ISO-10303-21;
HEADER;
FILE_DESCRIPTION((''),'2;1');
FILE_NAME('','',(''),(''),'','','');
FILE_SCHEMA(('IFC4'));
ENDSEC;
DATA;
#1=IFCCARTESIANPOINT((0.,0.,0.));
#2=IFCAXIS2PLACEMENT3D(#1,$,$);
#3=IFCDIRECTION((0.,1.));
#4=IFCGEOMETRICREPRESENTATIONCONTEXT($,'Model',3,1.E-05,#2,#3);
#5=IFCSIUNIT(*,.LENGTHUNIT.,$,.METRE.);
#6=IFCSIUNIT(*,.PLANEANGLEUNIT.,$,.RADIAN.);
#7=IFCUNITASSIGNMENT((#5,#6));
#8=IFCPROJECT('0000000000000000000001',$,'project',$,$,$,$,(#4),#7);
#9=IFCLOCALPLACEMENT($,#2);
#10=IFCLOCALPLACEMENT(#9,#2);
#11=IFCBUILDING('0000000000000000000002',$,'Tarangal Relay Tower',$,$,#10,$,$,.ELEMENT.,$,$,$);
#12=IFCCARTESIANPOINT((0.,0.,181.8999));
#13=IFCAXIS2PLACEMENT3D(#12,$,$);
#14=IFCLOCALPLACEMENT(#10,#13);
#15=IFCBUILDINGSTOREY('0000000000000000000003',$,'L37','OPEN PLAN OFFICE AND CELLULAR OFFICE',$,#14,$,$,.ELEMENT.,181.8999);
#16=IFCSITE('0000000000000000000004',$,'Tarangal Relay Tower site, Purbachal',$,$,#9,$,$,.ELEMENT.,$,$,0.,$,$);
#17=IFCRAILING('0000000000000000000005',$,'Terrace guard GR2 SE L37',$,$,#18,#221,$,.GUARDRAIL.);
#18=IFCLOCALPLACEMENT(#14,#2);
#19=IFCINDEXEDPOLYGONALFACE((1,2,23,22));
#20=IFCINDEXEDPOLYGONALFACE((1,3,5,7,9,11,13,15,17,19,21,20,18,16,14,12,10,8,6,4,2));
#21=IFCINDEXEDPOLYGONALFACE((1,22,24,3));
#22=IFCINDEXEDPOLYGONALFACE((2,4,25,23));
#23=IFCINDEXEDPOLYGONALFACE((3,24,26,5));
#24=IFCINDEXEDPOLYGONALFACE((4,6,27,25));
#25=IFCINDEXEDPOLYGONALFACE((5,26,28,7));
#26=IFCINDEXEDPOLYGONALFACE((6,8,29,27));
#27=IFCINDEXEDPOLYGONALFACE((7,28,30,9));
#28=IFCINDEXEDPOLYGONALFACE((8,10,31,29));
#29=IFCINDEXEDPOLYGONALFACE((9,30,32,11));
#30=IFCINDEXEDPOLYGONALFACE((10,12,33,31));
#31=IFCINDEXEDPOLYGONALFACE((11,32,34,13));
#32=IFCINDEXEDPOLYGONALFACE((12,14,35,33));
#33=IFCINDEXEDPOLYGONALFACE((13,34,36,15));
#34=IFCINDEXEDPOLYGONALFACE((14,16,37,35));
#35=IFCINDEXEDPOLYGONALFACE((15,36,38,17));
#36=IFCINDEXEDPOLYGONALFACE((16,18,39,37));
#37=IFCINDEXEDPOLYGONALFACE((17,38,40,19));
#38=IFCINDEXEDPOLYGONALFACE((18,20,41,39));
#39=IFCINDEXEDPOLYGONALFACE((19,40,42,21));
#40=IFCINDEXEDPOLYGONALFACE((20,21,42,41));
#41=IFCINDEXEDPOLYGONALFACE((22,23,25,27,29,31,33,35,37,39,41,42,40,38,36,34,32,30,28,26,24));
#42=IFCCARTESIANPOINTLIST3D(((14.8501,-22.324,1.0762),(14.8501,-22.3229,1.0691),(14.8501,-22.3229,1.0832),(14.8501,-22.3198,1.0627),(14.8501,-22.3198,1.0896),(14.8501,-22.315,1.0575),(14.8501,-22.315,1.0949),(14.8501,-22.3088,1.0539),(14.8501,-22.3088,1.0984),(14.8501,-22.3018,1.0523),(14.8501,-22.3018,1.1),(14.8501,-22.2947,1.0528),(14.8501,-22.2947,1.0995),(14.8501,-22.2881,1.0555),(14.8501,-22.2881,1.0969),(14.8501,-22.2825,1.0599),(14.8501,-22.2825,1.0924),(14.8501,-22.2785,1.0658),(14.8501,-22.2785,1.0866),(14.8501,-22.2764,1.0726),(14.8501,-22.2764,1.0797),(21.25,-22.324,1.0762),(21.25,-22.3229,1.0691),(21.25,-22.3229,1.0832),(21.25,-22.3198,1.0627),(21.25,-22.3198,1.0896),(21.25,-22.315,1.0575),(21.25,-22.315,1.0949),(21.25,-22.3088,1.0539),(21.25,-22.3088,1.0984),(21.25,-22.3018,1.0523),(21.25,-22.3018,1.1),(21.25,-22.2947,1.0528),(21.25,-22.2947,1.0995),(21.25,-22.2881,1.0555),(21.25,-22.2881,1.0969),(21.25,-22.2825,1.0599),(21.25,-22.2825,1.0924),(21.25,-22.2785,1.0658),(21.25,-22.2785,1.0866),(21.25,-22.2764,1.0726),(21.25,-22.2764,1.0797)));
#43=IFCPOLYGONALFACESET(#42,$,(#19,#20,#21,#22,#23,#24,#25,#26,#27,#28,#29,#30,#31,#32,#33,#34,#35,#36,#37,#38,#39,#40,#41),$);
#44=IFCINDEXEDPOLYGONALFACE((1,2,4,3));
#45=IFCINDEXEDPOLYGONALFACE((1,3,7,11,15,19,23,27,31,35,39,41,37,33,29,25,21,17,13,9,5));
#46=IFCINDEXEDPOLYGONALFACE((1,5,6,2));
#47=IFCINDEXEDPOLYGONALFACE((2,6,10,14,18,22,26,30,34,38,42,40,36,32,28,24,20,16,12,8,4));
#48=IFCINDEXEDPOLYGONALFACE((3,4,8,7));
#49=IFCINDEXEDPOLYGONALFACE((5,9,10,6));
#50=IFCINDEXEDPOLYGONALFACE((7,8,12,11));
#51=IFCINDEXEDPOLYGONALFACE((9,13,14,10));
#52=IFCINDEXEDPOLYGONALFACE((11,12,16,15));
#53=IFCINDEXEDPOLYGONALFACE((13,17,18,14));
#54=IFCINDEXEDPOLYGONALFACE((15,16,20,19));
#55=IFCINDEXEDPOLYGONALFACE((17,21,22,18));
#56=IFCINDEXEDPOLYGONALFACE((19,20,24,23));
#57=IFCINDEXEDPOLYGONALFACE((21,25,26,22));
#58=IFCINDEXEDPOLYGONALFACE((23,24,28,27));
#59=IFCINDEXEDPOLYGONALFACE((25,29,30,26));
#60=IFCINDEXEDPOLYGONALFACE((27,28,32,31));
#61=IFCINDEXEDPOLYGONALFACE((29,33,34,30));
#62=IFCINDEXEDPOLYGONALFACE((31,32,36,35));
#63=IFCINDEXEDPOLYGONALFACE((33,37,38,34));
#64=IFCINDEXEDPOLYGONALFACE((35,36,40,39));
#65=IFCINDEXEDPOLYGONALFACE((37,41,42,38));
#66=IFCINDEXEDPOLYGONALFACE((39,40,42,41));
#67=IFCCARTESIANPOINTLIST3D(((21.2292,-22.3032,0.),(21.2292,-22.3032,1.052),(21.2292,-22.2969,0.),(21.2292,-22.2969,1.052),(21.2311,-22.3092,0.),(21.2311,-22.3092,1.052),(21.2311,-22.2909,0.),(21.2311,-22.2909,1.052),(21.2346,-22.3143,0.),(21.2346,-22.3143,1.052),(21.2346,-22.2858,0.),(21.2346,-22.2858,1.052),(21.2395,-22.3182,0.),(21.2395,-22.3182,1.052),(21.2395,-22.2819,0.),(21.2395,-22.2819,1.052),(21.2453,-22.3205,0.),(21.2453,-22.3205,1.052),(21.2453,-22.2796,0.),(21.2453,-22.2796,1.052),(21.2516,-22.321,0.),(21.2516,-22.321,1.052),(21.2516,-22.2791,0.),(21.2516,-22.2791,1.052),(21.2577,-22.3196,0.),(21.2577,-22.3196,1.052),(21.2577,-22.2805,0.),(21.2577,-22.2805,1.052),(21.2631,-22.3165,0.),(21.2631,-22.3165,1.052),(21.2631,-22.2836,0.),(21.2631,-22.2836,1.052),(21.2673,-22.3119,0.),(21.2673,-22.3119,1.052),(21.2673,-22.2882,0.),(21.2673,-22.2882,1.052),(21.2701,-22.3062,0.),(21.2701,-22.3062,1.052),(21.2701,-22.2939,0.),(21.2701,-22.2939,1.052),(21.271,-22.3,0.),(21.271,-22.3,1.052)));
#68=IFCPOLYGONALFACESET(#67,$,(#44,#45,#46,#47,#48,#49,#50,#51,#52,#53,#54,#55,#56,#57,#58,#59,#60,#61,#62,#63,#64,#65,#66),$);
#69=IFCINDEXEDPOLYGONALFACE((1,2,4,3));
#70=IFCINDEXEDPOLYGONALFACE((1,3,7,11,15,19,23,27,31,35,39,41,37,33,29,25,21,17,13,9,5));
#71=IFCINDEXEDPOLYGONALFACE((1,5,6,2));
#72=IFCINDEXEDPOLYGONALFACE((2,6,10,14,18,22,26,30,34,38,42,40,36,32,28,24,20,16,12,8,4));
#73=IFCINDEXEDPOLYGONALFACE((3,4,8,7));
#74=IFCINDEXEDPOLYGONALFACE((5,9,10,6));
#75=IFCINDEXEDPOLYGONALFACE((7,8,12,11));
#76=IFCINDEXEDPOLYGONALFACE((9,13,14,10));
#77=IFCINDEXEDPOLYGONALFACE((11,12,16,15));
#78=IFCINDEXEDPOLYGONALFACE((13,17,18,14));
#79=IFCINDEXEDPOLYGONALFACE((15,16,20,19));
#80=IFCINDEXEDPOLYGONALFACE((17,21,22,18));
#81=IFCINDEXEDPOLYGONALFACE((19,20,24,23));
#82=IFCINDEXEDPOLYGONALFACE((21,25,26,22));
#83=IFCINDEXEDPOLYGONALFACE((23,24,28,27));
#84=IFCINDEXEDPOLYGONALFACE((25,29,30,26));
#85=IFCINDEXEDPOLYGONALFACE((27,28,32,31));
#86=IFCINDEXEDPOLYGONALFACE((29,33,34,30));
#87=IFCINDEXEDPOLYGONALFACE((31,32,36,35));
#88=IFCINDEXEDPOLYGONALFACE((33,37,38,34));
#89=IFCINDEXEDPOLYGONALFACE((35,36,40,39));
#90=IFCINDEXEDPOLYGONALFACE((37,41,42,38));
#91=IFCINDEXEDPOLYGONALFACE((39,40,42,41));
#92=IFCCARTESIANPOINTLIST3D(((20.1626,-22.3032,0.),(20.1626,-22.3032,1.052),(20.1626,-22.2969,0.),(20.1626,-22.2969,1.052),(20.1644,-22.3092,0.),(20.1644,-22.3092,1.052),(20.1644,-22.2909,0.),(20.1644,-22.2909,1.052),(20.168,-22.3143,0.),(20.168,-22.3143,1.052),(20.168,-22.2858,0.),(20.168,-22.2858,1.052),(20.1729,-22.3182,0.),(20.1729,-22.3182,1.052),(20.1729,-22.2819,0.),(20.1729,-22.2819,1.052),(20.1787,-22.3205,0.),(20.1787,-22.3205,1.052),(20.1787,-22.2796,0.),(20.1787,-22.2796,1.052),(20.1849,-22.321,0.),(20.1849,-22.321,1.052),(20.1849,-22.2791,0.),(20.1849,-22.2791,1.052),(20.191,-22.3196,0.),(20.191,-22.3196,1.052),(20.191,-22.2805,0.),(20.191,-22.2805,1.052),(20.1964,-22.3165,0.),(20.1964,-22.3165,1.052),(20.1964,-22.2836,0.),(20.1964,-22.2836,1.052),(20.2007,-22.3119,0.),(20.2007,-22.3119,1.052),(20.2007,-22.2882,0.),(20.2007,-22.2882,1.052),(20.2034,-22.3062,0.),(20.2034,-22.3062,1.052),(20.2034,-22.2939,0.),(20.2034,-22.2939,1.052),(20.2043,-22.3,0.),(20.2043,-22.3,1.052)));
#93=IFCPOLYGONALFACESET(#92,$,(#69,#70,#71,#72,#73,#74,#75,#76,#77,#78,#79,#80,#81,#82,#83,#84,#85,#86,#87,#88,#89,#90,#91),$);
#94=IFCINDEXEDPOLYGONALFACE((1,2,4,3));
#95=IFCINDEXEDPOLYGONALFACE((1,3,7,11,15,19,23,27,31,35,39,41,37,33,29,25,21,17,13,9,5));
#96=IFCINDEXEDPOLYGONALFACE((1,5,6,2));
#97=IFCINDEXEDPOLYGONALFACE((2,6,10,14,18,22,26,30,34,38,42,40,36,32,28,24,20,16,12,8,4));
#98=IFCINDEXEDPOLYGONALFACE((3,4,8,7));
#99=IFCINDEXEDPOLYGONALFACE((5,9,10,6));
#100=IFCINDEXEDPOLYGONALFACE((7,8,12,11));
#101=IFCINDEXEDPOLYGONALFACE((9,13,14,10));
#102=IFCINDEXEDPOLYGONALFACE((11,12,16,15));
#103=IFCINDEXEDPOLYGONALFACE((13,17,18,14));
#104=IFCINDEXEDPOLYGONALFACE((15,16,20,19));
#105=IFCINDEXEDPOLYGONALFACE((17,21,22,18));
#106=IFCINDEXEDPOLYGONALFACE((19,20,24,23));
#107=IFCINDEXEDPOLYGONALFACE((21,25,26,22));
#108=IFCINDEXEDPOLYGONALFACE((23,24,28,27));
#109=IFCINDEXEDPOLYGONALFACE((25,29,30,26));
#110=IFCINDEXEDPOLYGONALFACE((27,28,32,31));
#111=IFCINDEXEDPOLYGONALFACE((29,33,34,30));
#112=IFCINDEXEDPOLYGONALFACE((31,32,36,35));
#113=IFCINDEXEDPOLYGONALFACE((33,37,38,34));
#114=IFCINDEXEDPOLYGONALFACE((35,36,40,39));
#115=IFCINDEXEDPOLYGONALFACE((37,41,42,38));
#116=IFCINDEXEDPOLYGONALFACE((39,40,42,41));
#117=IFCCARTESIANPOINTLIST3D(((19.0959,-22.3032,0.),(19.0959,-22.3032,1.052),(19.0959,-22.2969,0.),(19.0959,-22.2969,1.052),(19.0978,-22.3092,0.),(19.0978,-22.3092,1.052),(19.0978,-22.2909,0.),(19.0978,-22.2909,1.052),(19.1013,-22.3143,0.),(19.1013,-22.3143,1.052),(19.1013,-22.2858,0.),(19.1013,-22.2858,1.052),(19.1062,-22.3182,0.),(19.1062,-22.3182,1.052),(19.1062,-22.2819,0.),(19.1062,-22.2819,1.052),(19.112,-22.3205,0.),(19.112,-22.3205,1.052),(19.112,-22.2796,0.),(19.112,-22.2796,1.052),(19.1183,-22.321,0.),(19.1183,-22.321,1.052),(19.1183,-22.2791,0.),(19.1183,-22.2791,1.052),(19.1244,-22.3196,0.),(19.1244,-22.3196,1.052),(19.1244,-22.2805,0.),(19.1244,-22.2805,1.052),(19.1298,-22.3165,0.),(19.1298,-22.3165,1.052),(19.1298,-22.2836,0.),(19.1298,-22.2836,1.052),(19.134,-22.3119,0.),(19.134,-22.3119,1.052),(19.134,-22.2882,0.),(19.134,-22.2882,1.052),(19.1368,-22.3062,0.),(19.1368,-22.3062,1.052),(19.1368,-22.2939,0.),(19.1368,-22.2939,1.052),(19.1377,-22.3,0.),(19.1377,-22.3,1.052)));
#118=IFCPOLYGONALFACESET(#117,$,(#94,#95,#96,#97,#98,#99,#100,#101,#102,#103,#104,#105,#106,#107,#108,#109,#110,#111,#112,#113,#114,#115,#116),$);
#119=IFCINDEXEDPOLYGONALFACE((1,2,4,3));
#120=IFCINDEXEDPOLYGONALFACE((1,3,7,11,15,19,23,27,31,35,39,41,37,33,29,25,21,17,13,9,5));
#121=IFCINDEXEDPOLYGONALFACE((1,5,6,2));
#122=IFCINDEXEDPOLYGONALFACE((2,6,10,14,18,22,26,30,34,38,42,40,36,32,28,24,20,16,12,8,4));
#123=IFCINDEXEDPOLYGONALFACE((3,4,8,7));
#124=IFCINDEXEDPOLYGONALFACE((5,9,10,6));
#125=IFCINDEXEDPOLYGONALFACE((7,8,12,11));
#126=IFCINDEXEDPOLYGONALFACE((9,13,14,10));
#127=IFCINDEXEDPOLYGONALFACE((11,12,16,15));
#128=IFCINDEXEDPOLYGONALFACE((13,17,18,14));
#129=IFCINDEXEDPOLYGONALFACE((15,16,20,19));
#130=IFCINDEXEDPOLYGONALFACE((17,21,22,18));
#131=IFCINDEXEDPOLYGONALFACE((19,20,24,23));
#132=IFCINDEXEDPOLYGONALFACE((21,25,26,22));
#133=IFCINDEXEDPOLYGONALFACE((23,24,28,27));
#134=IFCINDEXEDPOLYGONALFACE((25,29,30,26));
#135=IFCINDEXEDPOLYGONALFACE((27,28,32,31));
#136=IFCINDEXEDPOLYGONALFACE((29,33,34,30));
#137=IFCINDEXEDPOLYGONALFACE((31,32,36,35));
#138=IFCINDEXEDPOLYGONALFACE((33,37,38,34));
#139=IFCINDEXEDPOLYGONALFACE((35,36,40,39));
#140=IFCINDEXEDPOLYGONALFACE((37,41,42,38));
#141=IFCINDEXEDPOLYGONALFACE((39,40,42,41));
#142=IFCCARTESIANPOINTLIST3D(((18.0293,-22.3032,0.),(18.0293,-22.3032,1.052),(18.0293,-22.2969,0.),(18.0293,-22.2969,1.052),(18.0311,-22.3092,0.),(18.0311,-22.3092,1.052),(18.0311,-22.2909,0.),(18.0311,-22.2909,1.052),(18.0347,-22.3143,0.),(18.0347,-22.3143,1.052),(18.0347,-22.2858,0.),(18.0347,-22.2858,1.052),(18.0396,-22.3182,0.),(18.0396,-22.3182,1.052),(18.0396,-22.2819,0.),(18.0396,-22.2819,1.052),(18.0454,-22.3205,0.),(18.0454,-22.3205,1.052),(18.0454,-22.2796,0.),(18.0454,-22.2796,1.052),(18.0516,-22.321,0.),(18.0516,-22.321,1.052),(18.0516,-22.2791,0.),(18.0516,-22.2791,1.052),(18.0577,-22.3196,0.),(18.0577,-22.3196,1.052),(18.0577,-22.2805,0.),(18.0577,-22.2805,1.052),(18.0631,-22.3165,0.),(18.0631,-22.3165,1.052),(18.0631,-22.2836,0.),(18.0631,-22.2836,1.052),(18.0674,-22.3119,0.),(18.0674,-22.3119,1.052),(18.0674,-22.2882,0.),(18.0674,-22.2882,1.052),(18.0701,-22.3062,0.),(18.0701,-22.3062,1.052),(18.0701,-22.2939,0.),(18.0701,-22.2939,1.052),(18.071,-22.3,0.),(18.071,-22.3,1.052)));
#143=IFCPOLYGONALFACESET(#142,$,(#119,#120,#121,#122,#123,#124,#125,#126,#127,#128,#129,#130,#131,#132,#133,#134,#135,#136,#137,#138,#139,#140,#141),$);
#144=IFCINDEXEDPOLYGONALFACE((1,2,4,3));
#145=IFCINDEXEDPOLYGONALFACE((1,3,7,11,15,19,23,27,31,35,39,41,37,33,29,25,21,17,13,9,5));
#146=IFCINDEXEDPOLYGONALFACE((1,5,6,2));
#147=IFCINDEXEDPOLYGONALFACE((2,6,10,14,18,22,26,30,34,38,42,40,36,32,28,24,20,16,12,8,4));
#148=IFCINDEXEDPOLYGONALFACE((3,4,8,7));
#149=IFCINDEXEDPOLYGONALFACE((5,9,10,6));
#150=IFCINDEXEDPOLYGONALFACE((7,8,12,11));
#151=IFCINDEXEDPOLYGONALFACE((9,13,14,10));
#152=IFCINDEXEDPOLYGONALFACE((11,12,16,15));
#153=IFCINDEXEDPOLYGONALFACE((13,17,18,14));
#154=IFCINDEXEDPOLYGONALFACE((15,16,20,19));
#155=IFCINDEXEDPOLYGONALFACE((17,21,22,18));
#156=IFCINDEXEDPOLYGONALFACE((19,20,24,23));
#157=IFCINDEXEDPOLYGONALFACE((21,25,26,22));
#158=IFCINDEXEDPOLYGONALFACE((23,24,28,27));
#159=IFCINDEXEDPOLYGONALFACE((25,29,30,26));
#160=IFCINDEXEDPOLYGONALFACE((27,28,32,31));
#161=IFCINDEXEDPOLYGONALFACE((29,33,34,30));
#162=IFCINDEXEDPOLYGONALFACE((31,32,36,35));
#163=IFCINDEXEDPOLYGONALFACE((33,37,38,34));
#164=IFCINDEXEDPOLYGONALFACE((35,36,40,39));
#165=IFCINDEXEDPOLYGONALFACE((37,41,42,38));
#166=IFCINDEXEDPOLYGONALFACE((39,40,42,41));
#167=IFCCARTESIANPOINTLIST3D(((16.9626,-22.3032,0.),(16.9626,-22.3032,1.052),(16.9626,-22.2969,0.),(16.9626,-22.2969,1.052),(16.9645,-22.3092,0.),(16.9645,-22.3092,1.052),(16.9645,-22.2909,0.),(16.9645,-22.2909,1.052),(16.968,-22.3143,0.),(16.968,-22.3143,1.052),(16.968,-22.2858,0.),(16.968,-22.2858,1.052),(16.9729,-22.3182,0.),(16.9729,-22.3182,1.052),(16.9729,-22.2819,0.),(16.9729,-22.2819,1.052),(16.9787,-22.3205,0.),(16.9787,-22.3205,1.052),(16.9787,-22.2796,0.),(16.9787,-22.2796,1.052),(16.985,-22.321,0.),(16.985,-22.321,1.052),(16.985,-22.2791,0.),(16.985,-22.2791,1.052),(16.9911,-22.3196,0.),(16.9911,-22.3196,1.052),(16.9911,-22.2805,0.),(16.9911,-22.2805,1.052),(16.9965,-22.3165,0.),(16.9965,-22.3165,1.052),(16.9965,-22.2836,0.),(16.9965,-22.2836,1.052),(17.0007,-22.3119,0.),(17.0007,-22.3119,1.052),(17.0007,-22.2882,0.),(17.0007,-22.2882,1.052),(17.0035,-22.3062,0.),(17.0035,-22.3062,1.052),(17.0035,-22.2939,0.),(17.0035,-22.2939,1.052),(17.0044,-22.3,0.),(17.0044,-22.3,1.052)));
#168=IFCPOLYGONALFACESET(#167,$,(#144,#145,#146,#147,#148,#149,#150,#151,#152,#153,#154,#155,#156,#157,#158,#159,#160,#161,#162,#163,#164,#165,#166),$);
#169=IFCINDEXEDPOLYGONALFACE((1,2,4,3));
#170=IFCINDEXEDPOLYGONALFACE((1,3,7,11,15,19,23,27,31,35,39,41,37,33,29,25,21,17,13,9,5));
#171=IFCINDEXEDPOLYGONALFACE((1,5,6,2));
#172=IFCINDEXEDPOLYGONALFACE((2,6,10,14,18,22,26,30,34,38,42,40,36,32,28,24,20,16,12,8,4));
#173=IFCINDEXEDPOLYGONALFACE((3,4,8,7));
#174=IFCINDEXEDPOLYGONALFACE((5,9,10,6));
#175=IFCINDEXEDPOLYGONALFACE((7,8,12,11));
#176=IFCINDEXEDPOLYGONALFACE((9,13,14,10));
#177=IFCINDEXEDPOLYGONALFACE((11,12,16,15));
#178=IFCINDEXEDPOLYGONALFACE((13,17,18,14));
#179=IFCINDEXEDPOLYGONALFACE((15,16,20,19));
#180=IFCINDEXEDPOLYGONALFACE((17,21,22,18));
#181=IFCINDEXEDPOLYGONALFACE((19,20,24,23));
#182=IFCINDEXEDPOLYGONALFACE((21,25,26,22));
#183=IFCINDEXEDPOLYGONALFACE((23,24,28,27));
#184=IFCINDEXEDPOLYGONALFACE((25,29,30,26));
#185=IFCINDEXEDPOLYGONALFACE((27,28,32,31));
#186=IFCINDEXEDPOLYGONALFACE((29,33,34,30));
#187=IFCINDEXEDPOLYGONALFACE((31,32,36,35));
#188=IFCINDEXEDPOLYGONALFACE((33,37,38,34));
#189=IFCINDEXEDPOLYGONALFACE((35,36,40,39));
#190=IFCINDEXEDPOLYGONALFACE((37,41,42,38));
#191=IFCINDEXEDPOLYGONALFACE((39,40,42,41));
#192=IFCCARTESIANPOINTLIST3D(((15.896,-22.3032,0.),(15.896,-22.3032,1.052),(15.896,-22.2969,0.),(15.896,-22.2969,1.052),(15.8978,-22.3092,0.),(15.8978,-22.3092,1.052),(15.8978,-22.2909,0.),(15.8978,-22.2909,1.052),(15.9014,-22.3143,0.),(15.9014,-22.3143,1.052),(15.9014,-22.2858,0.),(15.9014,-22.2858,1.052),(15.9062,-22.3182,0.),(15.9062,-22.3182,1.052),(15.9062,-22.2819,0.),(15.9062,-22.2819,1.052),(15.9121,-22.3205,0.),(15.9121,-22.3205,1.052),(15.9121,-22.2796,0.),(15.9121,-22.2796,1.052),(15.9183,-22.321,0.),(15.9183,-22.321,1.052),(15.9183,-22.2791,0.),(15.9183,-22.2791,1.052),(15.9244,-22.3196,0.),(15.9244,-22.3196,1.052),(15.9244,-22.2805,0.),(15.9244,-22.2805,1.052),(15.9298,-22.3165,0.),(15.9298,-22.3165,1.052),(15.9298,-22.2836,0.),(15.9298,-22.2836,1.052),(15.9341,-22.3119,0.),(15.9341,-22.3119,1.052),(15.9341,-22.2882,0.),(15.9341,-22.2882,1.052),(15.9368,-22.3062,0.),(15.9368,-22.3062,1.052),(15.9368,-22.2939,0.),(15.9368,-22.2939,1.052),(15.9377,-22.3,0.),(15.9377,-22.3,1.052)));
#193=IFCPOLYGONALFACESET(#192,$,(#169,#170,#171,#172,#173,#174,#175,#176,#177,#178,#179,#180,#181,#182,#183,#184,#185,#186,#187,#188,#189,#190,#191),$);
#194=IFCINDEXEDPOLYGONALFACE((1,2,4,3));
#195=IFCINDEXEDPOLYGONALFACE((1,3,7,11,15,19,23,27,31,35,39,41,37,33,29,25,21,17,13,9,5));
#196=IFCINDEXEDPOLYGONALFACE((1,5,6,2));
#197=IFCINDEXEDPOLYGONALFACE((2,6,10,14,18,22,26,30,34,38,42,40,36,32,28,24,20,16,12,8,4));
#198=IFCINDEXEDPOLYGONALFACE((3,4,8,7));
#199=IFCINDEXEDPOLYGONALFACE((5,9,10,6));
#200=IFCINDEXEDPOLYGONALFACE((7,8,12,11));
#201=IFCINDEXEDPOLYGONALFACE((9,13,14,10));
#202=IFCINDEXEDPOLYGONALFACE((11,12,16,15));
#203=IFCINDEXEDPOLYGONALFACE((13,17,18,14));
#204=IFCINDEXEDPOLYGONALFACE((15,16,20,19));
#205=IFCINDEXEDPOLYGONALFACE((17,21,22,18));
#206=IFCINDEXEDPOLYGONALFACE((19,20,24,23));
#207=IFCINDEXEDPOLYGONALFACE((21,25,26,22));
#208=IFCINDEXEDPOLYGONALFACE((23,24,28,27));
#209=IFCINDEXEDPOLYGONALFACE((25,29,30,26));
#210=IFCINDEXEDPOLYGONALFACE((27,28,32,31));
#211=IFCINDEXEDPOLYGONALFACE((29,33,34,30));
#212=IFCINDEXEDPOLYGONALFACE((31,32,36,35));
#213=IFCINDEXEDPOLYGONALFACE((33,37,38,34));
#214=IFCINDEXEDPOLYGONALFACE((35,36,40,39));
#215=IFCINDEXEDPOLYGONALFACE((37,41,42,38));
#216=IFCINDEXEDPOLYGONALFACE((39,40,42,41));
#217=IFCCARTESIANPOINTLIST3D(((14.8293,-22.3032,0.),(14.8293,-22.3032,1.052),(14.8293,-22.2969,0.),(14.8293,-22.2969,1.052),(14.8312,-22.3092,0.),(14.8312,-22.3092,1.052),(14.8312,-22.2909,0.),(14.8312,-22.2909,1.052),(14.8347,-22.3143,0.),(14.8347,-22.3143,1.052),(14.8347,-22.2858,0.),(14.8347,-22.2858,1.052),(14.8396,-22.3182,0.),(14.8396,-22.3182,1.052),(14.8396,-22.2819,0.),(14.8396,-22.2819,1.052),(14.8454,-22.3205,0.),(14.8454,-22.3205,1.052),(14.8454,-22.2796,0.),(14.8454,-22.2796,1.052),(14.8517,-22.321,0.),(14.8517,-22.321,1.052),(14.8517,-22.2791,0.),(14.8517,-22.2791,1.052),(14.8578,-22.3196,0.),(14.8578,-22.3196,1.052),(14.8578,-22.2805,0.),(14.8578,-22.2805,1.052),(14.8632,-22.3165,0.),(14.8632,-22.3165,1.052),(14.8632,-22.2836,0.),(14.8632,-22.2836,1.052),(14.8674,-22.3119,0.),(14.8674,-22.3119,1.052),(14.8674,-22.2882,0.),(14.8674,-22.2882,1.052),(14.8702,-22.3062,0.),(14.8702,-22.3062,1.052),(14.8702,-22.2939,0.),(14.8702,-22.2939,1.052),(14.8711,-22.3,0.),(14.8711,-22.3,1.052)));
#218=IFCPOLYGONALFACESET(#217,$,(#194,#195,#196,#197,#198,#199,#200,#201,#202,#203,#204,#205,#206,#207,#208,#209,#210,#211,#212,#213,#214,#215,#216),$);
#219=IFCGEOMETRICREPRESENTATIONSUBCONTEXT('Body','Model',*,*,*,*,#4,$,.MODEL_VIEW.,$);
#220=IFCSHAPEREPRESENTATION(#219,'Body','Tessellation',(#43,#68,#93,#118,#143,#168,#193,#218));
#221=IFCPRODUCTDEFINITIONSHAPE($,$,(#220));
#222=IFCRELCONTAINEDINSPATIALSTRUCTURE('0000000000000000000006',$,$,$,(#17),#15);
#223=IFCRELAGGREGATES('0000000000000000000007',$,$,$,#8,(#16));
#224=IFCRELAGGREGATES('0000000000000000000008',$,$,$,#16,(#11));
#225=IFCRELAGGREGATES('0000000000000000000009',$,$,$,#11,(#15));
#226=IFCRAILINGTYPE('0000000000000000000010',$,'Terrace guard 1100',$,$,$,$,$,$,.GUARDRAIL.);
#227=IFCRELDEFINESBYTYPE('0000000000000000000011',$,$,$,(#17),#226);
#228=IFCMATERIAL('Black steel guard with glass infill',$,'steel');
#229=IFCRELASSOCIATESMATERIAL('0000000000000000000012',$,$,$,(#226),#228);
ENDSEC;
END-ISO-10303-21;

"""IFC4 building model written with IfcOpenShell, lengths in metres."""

from ifc_helpers import new_model, si_unit, direction, frame, origin, origin_2d, place, context, subcontext, project, spatial, circle, extrude, material, type_object, element, save


model = new_model("IFC4")

# Units and contexts
model_context = context("Model", 3, precision=1e-05, world=origin(), true_north=direction((0.0, 1.0)))
body_context = subcontext(model_context, "Body", "Model", "MODEL_VIEW")
ifc_project = project(units=[si_unit("LENGTHUNIT", "METRE"), si_unit("PLANEANGLEUNIT", "RADIAN")], contexts=[model_context])

# Site, building, storey
site_placement = place(None, origin())
site = spatial("IfcSite", under=ifc_project, at=site_placement, Name="Tarangal Relay Tower site, Purbachal", CompositionType="ELEMENT", RefElevation=0.0)
building_placement = place(site_placement, origin())
building = spatial("IfcBuilding", under=site, at=building_placement, Name="Tarangal Relay Tower", CompositionType="ELEMENT")
storey_placement = place(building_placement, frame((0.0, 0.0, 181.8999)))
storey = spatial("IfcBuildingStorey", under=building, at=storey_placement, Name="L37", Description="OPEN PLAN OFFICE AND CELLULAR OFFICE", CompositionType="ELEMENT", Elevation=181.8999)

# Railing
ifc_material_1 = material(Name="Black steel guard with glass infill", Category="steel")
railing_type = type_object("IfcRailingType", Name="Terrace guard 1100", PredefinedType="GUARDRAIL", material=ifc_material_1)
railing_1_placement = place(storey_placement, frame((21.25, -22.3, 0.0)))
element("IfcRailing", 1, at=railing_1_placement, inside=storey, type_object=railing_type, Name="Terrace guard GR2 SE L37", PredefinedType="GUARDRAIL", context=body_context, shape_type="SweptSolid", body=[
    extrude(circle(Radius=0.0239, at=origin_2d()), frame((0.0, 0.0, 1.0762), z_axis=(-1.0, 0.0, 0.0), x_axis=(0.0, -1.0, 0.0)), (0.0, 0.0, 1.0), 6.3999),
    extrude(circle(Radius=0.021, at=origin_2d()), origin(), (0.0, 0.0, 1.0), 1.052),
    extrude(circle(Radius=0.021, at=origin_2d()), frame((-1.0667, 0.0, 0.0)), (0.0, 0.0, 1.0), 1.052),
    extrude(circle(Radius=0.021, at=origin_2d()), frame((-2.1333, 0.0, 0.0)), (0.0, 0.0, 1.0), 1.052),
    extrude(circle(Radius=0.021, at=origin_2d()), frame((-3.2, 0.0, 0.0)), (0.0, 0.0, 1.0), 1.052),
    extrude(circle(Radius=0.021, at=origin_2d()), frame((-4.2666, 0.0, 0.0)), (0.0, 0.0, 1.0), 1.052),
    extrude(circle(Radius=0.021, at=origin_2d()), frame((-5.3333, 0.0, 0.0)), (0.0, 0.0, 1.0), 1.052),
    extrude(circle(Radius=0.021, at=origin_2d()), frame((-6.3999, 0.0, 0.0)), (0.0, 0.0, 1.0), 1.052),
])

save(model, "model.ifc")
